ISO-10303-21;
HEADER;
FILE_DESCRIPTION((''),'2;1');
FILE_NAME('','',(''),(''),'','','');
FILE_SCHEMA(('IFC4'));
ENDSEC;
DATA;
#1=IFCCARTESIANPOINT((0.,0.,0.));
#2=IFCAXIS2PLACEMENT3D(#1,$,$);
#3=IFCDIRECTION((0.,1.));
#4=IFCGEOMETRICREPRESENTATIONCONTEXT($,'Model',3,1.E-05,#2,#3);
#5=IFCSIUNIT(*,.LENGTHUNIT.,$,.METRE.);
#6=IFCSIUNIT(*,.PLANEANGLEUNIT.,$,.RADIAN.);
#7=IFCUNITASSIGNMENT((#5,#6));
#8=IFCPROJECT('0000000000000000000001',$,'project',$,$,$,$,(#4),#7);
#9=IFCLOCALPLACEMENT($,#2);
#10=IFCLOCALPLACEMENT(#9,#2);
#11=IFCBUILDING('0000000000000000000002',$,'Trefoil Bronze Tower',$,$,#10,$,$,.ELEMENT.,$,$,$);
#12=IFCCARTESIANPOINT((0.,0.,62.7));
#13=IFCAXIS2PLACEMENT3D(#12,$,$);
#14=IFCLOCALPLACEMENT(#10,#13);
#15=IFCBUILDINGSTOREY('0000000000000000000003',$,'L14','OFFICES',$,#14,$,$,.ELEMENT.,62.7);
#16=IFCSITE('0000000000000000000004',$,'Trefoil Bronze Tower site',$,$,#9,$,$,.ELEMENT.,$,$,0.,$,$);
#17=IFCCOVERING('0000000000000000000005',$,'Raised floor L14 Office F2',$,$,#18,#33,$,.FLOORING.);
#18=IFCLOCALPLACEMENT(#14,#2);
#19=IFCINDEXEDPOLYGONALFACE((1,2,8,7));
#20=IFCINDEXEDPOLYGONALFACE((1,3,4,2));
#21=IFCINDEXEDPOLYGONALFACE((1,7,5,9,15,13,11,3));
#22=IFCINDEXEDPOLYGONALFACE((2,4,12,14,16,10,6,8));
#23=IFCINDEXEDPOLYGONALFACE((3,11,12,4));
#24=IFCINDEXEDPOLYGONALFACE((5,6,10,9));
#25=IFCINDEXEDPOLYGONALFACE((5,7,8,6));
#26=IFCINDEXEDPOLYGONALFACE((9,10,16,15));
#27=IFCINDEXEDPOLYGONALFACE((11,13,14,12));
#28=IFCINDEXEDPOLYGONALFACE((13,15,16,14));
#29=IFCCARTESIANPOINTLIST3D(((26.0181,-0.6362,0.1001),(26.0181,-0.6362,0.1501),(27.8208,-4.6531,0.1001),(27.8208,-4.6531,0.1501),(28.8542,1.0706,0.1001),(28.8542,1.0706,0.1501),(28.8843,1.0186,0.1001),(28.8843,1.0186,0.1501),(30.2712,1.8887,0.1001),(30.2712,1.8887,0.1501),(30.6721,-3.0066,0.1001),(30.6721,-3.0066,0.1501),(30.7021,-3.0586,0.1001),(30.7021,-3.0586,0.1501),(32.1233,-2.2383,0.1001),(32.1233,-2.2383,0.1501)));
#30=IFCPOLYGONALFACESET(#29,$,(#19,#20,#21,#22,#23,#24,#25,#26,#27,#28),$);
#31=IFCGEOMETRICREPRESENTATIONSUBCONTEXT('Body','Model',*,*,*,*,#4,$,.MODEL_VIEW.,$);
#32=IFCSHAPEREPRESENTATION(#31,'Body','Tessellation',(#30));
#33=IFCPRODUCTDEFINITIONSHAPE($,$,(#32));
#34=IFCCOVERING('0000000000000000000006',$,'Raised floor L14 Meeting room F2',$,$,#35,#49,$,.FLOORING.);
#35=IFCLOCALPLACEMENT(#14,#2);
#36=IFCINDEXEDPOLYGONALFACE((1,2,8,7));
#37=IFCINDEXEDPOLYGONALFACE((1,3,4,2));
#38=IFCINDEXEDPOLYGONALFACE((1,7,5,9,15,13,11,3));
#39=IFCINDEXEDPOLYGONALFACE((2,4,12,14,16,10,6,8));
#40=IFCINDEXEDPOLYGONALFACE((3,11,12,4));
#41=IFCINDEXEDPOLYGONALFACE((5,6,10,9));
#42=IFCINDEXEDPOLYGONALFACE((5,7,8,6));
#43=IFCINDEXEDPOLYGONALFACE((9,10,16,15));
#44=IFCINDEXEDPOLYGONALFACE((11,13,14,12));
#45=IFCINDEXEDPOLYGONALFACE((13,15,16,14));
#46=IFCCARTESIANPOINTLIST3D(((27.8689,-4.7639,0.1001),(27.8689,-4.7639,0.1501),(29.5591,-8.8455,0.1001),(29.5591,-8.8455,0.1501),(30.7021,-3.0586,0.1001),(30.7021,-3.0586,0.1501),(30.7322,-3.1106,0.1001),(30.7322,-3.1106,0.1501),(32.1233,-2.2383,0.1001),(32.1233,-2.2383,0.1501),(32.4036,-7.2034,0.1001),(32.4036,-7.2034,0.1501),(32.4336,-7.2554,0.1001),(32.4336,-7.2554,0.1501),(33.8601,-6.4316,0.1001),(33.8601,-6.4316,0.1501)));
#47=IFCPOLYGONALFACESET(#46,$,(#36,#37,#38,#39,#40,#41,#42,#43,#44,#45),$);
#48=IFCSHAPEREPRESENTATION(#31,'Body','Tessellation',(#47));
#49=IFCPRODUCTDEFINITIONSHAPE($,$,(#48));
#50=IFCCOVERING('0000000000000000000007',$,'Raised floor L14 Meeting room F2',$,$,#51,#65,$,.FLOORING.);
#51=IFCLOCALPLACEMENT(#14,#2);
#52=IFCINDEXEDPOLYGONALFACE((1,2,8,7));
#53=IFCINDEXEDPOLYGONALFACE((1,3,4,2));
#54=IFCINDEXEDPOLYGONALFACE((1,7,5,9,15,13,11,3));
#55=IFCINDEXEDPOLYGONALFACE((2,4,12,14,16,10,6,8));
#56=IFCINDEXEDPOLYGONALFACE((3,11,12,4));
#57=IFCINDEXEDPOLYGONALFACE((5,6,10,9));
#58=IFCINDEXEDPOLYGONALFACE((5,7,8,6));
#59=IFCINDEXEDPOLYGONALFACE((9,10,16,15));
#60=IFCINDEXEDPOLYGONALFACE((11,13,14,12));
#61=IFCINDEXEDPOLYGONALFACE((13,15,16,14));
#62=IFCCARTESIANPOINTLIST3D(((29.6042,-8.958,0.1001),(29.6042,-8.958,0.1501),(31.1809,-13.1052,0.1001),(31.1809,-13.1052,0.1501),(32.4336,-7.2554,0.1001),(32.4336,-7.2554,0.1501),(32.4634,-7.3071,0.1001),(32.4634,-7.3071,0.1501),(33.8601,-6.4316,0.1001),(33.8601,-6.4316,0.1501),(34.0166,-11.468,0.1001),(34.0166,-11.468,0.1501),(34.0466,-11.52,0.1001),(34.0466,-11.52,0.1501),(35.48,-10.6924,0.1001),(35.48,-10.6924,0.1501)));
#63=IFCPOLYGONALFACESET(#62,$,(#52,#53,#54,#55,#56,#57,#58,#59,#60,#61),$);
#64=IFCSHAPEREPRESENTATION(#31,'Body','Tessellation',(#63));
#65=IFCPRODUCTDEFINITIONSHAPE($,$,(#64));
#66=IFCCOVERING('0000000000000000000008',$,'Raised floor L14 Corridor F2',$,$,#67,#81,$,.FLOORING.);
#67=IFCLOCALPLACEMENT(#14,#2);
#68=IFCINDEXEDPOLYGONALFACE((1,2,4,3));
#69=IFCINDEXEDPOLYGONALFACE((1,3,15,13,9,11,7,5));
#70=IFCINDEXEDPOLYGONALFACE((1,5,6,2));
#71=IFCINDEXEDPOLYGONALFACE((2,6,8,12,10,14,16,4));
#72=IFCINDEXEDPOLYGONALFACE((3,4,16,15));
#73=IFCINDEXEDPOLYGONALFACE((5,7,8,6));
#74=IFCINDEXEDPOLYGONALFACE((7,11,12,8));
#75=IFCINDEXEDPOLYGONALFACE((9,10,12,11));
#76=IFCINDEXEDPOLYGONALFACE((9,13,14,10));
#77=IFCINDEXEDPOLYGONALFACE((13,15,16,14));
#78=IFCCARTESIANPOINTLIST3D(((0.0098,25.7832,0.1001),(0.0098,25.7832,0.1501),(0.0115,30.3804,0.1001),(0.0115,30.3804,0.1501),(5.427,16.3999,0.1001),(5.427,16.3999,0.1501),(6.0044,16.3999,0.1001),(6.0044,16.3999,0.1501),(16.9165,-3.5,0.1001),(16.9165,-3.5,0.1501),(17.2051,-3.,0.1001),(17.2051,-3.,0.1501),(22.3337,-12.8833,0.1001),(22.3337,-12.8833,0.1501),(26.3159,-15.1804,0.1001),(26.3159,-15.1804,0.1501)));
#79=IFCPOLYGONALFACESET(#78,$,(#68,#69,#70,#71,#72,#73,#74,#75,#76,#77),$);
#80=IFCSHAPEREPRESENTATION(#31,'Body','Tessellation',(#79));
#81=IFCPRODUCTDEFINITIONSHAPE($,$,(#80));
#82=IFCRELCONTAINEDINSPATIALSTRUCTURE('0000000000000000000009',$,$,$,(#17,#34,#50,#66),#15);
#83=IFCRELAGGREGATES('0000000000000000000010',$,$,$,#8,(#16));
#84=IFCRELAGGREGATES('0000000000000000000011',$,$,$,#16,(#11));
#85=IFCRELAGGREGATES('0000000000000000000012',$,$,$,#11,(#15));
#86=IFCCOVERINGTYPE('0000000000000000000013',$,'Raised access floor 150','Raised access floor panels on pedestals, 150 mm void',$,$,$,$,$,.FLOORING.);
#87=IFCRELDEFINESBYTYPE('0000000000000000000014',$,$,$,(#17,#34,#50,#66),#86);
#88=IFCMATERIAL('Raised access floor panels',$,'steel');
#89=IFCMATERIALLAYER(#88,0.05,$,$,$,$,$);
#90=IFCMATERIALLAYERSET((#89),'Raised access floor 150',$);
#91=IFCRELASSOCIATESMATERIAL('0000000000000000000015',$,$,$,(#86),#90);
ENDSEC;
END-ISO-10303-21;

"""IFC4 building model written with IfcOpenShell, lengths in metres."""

from ifc_helpers import new_model, si_unit, direction, frame, origin, place, context, subcontext, project, spatial, polyline, outline, extrude, material, layer, layer_set, type_object, element, save


model = new_model("IFC4")

# Units and contexts
model_context = context("Model", 3, precision=1e-05, world=origin(), true_north=direction((0.0, 1.0)))
body_context = subcontext(model_context, "Body", "Model", "MODEL_VIEW")
ifc_project = project(units=[si_unit("LENGTHUNIT", "METRE"), si_unit("PLANEANGLEUNIT", "RADIAN")], contexts=[model_context])

# Site, building, storey
site_placement = place(None, origin())
site = spatial("IfcSite", under=ifc_project, at=site_placement, Name="Trefoil Bronze Tower site", CompositionType="ELEMENT", RefElevation=0.0)
building_placement = place(site_placement, origin())
building = spatial("IfcBuilding", under=site, at=building_placement, Name="Trefoil Bronze Tower", CompositionType="ELEMENT")
storey_placement = place(building_placement, frame((0.0, 0.0, 62.7)))
storey = spatial("IfcBuildingStorey", under=building, at=storey_placement, Name="L14", Description="OFFICES", CompositionType="ELEMENT", Elevation=62.7)

# Coverings
ifc_material_1 = material(Name="Raised access floor panels", Category="steel")
ifc_layer_1 = layer(ifc_material_1, 0.05)
ifc_layer_set_1 = layer_set([ifc_layer_1], Name="Raised access floor 150")
covering_type_1 = type_object("IfcCoveringType", Name="Raised access floor 150", Description="Raised access floor panels on pedestals, 150 mm void", PredefinedType="FLOORING", material=ifc_layer_set_1)
covering_1_placement = place(storey_placement, frame((0.0, 0.0, 0.1001)))
element("IfcCovering", 1, at=covering_1_placement, inside=storey, type_object=covering_type_1, Name="Raised floor L14 Office F2", PredefinedType="FLOORING", context=body_context, shape_type="SweptSolid", body=[
    extrude(outline(polyline([(32.1233, -2.2383), (30.7021, -3.0586), (30.6721, -3.0066), (27.8208, -4.6531), (26.0181, -0.6362), (28.8843, 1.0186), (28.8542, 1.0706), (30.2712, 1.8887), (32.1233, -2.2383)])), origin(), (0.0, 0.0, 1.0), 0.05),
])
covering_2_placement = place(storey_placement, frame((0.0, 0.0, 0.1001)))
element("IfcCovering", 2, at=covering_2_placement, inside=storey, type_object=covering_type_1, Name="Raised floor L14 Meeting room F2", PredefinedType="FLOORING", context=body_context, shape_type="SweptSolid", body=[
    extrude(outline(polyline([(32.1233, -2.2383), (33.8601, -6.4316), (32.4336, -7.2554), (32.4036, -7.2034), (29.5591, -8.8455), (27.8689, -4.7639), (30.7322, -3.1106), (30.7021, -3.0586), (32.1233, -2.2383)])), origin(), (0.0, 0.0, 1.0), 0.05),
])
covering_3_placement = place(storey_placement, frame((0.0, 0.0, 0.1001)))
element("IfcCovering", 3, at=covering_3_placement, inside=storey, type_object=covering_type_1, Name="Raised floor L14 Meeting room F2", PredefinedType="FLOORING", context=body_context, shape_type="SweptSolid", body=[
    extrude(outline(polyline([(33.8601, -6.4316), (35.48, -10.6924), (34.0466, -11.52), (34.0166, -11.468), (31.1809, -13.1052), (29.6042, -8.958), (32.4634, -7.3071), (32.4336, -7.2554), (33.8601, -6.4316)])), origin(), (0.0, 0.0, 1.0), 0.05),
])
covering_4_placement = place(storey_placement, frame((0.0, 0.0, 0.1001)))
element("IfcCovering", 4, at=covering_4_placement, inside=storey, type_object=covering_type_1, Name="Raised floor L14 Corridor F2", PredefinedType="FLOORING", context=body_context, shape_type="SweptSolid", body=[
    extrude(outline(polyline([(26.3159, -15.1804), (22.3337, -12.8833), (16.9165, -3.5), (17.2051, -3.0), (6.0044, 16.3999), (5.427, 16.3999), (0.0098, 25.7832), (0.0115, 30.3804), (26.3159, -15.1804)])), origin(), (0.0, 0.0, 1.0), 0.05),
])

save(model, "model.ifc")
